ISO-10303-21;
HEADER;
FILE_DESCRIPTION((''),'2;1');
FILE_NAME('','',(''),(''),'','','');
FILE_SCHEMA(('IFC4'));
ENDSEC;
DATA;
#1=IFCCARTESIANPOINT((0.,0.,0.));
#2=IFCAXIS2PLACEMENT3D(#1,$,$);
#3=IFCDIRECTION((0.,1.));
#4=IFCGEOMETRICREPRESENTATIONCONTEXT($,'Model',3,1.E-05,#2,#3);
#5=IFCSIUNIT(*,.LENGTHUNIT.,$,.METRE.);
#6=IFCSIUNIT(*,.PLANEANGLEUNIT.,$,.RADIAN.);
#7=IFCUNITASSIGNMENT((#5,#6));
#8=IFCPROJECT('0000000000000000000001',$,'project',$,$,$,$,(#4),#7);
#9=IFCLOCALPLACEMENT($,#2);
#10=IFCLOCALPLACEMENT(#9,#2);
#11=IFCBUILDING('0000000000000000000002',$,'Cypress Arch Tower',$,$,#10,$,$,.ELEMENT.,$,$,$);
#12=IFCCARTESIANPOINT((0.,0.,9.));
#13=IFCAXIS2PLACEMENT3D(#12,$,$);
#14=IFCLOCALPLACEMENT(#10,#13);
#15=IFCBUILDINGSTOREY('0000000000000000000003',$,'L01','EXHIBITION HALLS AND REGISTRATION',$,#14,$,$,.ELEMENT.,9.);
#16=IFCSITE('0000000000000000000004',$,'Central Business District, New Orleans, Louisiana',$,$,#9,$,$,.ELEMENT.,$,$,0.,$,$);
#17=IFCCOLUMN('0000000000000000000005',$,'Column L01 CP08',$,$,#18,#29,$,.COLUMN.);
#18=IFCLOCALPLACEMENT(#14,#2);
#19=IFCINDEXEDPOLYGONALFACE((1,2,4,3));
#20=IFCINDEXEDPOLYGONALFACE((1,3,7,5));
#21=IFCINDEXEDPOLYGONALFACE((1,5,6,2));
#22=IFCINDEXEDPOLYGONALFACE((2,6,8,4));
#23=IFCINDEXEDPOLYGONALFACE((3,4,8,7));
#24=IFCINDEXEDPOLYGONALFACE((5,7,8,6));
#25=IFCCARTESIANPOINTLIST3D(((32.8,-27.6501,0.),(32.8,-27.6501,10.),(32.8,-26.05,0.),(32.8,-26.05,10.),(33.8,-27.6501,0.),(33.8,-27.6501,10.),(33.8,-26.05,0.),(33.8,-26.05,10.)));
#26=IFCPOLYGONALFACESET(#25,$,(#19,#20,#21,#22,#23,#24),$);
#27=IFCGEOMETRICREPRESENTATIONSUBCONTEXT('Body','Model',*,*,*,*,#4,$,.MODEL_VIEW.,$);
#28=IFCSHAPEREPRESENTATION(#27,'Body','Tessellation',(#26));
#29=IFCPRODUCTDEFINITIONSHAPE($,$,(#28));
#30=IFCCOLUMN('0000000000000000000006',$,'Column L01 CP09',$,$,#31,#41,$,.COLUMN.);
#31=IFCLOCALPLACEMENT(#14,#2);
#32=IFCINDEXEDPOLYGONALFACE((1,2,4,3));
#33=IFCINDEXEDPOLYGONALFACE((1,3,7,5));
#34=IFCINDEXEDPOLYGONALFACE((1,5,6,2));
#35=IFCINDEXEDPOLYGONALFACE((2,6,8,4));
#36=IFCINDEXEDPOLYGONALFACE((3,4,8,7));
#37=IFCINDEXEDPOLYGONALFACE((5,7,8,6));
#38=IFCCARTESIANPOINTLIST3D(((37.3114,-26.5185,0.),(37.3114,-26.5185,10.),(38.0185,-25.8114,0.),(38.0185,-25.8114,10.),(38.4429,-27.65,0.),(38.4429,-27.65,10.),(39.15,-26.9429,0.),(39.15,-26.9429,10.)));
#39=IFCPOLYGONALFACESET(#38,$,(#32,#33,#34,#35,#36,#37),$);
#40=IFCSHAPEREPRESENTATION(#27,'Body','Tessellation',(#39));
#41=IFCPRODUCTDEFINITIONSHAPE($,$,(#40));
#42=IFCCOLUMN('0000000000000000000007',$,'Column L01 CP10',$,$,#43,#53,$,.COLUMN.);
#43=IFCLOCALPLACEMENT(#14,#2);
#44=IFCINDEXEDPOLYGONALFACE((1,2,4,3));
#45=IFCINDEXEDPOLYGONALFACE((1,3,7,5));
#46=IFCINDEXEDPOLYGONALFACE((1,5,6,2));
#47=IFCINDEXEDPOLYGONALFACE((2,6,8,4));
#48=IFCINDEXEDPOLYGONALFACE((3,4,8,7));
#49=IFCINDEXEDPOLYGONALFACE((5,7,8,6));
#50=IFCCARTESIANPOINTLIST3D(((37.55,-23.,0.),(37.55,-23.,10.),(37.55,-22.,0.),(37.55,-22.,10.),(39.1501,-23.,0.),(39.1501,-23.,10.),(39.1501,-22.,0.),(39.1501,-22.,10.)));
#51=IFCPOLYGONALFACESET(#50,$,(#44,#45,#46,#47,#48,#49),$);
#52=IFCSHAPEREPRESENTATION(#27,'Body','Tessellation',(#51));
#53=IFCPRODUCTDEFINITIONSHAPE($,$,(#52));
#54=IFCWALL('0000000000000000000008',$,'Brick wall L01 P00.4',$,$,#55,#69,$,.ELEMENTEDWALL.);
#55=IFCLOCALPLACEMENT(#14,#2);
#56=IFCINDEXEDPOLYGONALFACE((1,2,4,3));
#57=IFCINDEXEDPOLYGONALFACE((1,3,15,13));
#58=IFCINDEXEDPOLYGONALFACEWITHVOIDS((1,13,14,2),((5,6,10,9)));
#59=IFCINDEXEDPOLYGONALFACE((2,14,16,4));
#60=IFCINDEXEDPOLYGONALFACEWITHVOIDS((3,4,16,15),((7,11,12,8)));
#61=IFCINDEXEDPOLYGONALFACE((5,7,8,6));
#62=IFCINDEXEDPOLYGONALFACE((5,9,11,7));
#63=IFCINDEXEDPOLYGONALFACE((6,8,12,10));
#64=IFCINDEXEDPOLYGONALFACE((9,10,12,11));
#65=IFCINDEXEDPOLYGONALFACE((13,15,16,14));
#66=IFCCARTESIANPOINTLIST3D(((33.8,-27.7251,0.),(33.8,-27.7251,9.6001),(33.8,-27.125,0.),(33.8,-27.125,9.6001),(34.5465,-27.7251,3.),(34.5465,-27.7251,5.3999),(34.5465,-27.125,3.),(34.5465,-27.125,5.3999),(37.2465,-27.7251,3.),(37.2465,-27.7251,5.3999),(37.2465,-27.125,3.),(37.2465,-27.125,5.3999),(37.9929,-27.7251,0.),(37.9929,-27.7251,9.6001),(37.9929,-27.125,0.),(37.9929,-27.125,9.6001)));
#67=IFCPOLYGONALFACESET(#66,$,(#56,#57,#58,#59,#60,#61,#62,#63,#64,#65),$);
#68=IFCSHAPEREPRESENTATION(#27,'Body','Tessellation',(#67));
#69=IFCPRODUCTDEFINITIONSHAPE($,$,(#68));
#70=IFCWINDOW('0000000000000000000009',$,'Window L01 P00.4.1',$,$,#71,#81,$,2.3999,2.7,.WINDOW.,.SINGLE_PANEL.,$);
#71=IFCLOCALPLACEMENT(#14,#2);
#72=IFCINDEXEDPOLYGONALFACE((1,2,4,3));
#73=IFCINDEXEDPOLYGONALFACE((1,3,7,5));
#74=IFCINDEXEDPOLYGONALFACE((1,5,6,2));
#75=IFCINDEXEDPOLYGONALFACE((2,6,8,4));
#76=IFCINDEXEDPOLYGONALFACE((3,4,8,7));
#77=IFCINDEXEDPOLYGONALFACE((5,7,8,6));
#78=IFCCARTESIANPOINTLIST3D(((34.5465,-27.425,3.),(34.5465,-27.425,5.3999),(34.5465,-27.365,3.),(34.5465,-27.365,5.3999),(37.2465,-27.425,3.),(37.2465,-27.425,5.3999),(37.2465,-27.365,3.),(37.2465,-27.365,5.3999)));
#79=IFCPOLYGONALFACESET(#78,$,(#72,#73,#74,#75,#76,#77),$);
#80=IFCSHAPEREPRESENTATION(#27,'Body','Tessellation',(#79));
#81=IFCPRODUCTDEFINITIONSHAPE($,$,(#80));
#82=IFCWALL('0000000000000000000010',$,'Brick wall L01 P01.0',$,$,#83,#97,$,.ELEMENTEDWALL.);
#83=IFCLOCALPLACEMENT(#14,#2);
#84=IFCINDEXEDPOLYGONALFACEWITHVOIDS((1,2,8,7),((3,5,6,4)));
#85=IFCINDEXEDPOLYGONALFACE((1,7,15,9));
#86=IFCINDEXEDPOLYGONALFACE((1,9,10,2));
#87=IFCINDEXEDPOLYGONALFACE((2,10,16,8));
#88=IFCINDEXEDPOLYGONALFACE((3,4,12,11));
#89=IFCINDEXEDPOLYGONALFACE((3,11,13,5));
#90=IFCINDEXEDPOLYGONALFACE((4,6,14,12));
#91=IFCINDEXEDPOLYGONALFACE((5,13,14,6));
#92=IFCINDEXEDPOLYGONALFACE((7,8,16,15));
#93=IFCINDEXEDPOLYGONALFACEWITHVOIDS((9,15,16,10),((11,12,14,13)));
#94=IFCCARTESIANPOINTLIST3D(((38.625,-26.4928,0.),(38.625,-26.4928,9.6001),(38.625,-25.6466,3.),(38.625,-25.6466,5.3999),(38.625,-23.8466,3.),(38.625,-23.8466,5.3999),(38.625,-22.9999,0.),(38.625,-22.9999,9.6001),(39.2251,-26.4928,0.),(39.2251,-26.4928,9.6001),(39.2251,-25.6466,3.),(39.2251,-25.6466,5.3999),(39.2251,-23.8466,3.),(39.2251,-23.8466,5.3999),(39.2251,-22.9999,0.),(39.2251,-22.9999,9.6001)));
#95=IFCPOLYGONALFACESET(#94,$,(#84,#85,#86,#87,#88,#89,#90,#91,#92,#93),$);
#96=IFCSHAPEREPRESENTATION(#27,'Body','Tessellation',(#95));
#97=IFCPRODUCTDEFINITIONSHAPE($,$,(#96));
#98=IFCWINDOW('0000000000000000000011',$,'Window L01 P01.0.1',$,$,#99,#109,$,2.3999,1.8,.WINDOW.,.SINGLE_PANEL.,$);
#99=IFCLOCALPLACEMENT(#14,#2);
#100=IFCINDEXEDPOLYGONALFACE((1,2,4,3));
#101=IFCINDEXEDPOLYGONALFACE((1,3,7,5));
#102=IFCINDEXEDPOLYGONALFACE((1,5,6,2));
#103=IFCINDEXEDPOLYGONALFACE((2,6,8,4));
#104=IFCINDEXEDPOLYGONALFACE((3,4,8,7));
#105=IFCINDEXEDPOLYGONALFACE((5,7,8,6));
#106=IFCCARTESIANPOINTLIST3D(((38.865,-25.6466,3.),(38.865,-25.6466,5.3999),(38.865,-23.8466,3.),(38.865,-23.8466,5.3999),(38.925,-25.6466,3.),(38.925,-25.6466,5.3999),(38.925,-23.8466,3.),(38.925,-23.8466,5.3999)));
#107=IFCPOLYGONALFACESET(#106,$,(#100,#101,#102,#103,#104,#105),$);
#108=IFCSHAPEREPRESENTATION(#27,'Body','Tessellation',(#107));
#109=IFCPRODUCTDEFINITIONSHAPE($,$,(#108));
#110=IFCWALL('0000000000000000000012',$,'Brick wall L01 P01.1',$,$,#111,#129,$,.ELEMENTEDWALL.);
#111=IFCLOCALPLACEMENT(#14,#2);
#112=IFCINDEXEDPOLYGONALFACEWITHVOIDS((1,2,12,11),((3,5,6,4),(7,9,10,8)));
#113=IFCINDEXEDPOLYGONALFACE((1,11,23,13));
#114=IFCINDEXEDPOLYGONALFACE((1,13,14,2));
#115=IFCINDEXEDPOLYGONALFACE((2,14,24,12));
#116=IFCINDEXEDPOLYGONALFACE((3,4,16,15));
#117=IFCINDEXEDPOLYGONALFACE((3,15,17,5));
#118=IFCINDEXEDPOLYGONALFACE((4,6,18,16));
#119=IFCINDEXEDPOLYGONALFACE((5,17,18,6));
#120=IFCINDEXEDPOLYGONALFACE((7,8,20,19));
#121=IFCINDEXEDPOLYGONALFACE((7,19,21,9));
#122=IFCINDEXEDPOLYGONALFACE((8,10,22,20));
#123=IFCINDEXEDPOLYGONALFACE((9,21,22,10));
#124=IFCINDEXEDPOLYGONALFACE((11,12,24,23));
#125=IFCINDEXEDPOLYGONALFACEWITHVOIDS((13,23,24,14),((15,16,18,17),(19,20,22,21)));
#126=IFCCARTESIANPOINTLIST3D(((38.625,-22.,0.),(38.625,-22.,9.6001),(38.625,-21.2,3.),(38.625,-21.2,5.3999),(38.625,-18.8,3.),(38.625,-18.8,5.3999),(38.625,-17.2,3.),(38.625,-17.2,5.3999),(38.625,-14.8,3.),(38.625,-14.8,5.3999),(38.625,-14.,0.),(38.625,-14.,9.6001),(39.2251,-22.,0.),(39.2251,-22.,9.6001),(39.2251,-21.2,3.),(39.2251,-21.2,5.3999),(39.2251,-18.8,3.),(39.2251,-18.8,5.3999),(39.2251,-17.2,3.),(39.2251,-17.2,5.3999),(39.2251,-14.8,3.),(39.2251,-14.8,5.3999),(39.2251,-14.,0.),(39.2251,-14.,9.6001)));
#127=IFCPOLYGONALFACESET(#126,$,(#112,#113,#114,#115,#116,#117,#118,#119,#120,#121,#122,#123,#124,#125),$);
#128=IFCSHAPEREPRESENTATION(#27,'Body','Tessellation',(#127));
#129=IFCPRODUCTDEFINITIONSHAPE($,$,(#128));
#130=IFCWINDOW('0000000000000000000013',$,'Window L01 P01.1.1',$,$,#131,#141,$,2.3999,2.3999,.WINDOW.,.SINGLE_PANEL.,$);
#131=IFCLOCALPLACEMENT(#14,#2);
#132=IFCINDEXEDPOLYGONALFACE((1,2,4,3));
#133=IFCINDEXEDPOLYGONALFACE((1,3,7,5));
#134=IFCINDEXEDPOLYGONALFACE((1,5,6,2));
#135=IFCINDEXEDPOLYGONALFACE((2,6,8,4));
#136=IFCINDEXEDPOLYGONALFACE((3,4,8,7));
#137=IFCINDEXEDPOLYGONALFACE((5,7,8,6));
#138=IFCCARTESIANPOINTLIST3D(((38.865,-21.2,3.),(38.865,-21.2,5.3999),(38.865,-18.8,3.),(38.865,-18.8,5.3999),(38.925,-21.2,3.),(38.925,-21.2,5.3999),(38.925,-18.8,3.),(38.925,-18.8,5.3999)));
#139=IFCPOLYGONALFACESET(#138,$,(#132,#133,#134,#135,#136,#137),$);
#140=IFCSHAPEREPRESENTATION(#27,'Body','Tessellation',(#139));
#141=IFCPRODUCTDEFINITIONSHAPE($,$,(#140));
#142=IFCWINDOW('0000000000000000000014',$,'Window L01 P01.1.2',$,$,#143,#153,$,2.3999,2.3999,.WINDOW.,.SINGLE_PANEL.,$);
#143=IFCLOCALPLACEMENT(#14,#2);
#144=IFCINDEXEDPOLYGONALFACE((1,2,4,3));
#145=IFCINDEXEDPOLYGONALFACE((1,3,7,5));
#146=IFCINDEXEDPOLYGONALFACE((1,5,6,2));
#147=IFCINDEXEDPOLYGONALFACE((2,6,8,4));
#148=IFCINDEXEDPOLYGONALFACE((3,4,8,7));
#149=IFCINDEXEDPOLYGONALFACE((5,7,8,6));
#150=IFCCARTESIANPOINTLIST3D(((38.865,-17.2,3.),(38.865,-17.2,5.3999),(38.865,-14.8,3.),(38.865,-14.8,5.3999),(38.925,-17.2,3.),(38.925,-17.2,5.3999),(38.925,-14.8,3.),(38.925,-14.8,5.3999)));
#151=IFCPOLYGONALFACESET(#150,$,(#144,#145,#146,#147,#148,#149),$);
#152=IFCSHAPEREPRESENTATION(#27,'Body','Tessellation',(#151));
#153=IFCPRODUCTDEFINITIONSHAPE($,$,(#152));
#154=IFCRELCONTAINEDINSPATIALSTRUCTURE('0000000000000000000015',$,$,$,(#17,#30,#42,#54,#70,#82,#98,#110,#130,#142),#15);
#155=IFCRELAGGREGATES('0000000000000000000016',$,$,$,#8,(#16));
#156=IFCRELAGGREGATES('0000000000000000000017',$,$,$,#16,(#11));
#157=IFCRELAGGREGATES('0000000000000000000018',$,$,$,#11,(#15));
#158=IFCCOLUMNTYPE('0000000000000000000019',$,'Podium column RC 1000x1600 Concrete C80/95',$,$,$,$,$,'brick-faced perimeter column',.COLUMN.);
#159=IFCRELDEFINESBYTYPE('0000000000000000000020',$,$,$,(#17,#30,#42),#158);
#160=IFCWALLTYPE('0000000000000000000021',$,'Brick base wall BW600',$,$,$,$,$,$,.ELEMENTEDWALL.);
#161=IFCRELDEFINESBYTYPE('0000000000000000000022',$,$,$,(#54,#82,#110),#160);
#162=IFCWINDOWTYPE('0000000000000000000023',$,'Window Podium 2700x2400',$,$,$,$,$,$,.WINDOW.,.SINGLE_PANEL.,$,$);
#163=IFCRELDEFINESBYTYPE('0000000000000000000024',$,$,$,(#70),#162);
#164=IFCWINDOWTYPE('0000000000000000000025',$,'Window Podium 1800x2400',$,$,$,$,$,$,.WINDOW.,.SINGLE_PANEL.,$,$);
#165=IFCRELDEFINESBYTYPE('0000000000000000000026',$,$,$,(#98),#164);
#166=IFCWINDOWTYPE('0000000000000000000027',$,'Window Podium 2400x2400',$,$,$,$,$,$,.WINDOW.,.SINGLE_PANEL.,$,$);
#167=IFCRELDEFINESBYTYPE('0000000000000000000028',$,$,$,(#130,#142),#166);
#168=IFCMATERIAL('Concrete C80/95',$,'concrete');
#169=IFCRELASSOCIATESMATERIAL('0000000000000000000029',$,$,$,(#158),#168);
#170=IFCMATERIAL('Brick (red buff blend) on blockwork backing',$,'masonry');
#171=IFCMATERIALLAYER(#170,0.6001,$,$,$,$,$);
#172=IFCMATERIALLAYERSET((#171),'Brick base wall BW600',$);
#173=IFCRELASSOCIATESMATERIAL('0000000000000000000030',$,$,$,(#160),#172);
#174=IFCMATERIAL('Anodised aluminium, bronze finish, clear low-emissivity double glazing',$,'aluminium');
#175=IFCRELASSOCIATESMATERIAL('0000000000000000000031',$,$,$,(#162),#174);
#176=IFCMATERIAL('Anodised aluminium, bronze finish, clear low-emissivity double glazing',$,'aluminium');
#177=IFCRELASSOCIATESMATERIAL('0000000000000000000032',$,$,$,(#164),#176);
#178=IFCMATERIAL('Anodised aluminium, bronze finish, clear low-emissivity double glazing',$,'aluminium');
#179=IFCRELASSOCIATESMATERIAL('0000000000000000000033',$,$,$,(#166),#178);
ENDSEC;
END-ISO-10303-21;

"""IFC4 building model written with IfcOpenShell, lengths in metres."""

from ifc_helpers import new_model, si_unit, direction, frame, frame_2d, origin, origin_2d, place, context, subcontext, project, spatial, rectangle, extrude, material, layer, layer_set, material_profile, profile_set, type_object, element, fill, save


model = new_model("IFC4")

# Units and contexts
model_context = context("Model", 3, precision=1e-05, world=origin(), true_north=direction((0.0, 1.0)))
body_context = subcontext(model_context, "Body", "Model", "MODEL_VIEW")
ifc_project = project(units=[si_unit("LENGTHUNIT", "METRE"), si_unit("PLANEANGLEUNIT", "RADIAN")], contexts=[model_context])

# Site, building, storey
site_placement = place(None, origin())
site = spatial("IfcSite", under=ifc_project, at=site_placement, Name="Central Business District, New Orleans, Louisiana", CompositionType="ELEMENT", RefElevation=0.0)
building_placement = place(site_placement, origin())
building = spatial("IfcBuilding", under=site, at=building_placement, Name="Cypress Arch Tower", CompositionType="ELEMENT")
storey_placement = place(building_placement, frame((0.0, 0.0, 9.0)))
storey = spatial("IfcBuildingStorey", under=building, at=storey_placement, Name="L01", Description="EXHIBITION HALLS AND REGISTRATION", CompositionType="ELEMENT", Elevation=9.0)

# Columns
ifc_material_1 = material(Name="Concrete C80/95", Category="concrete")
ifc_material_profile = material_profile(ifc_material_1, rectangle(XDim=1.0, YDim=1.6001, at=origin_2d()), Name="RC 1000x1600")
ifc_profile_set = profile_set([ifc_material_profile], Name="Concrete C80/95")
column_type = type_object("IfcColumnType", Name="Podium column RC 1000x1600 Concrete C80/95", ElementType="brick-faced perimeter column", PredefinedType="COLUMN", material=ifc_profile_set)
for number, where, z_axis, x_axis, name in (
    (1, (33.3, -26.8501, 0.0), (0.0, 0.0, 1.0), (1.0, 0.0, 0.0), "Column L01 CP08"),
    (2, (38.2307, -26.7307, 0.0), (0.0, 0.0, 1.0), (0.707107, 0.707107, 0.0), "Column L01 CP09"),
    (3, (38.3501, -22.5, 0.0), (0.0, 0.0, 1.0), (0.0, 1.0, 0.0), "Column L01 CP10"),
):
    element("IfcColumn", number, at=place(storey_placement, frame(where, z_axis=z_axis, x_axis=x_axis)), inside=storey, type_object=column_type, Name=name, PredefinedType="COLUMN", context=body_context, shape_type="SweptSolid", body=[
        extrude(rectangle(XDim=1.0, YDim=1.6001, at=origin_2d()), origin(), (0.0, 0.0, 1.0), 10.0),
    ])

# Walls, openings, windows
ifc_material_2 = material(Name="Brick (red buff blend) on blockwork backing", Category="masonry")
ifc_layer_1 = layer(ifc_material_2, 0.6001)
ifc_layer_set_1 = layer_set([ifc_layer_1], Name="Brick base wall BW600")
wall_type_1 = type_object("IfcWallType", Name="Brick base wall BW600", PredefinedType="ELEMENTEDWALL", material=ifc_layer_set_1)
wall_1_placement = place(storey_placement, frame((33.8, -27.425, 0.0), z_axis=(0.0, 0.0, 1.0), x_axis=(1.0, 0.0, 0.0)))
wall_1 = element("IfcWall", 4, at=wall_1_placement, inside=storey, type_object=wall_type_1, Name="Brick wall L01 P00.4", PredefinedType="ELEMENTEDWALL", context=body_context, shape_type="SweptSolid", body=[
    extrude(rectangle(XDim=4.1929, YDim=0.6001, at=frame_2d((2.0964, 0.0))), origin(), (0.0, 0.0, 1.0), 9.6001),
])
opening_1_placement = place(wall_1_placement, frame((0.7463, 0.0, 3.0)))
opening_1 = element("IfcOpeningElement", 5, at=opening_1_placement, cuts=wall_1, PredefinedType="OPENING", context=body_context, shape_type="SweptSolid", body=[
    extrude(rectangle(XDim=2.7, YDim=2.3999, at=frame_2d((1.3501, 1.2))), frame((0.0, 0.3101, 0.0), z_axis=(0.0, -1.0, 0.0), x_axis=(1.0, 0.0, 0.0)), (0.0, 0.0, 1.0), 0.6201),
])
ifc_material_3 = material(Name="Anodised aluminium, bronze finish, clear low-emissivity double glazing", Category="aluminium")
window_type_1 = type_object("IfcWindowType", Name="Window Podium 2700x2400", PartitioningType="SINGLE_PANEL", PredefinedType="WINDOW", material=ifc_material_3)
window_1_placement = place(opening_1_placement, origin())
window_1 = element("IfcWindow", 6, at=window_1_placement, inside=storey, type_object=window_type_1, Name="Window L01 P00.4.1", OverallHeight=2.3999, OverallWidth=2.7, PartitioningType="SINGLE_PANEL", PredefinedType="WINDOW", context=body_context, shape_type="SweptSolid", body=[
    extrude(rectangle(XDim=2.7, YDim=2.3999, at=frame_2d((1.3501, 1.2))), frame((0.0, 0.0601, 0.0), z_axis=(0.0, -1.0, 0.0), x_axis=(1.0, 0.0, 0.0)), (0.0, 0.0, 1.0), 0.0601),
])
fill(opening_1, window_1)
wall_2_placement = place(storey_placement, frame((38.925, -26.4929, 0.0), z_axis=(0.0, 0.0, 1.0), x_axis=(0.0, 1.0, 0.0)))
wall_2 = element("IfcWall", 7, at=wall_2_placement, inside=storey, type_object=wall_type_1, Name="Brick wall L01 P01.0", PredefinedType="ELEMENTEDWALL", context=body_context, shape_type="SweptSolid", body=[
    extrude(rectangle(XDim=3.4929, YDim=0.6001, at=frame_2d((1.7466, 0.0))), origin(), (0.0, 0.0, 1.0), 9.6001),
])
opening_2_placement = place(wall_2_placement, frame((0.8464, 0.0, 3.0)))
opening_2 = element("IfcOpeningElement", 8, at=opening_2_placement, cuts=wall_2, PredefinedType="OPENING", context=body_context, shape_type="SweptSolid", body=[
    extrude(rectangle(XDim=1.8, YDim=2.3999, at=frame_2d((0.8999, 1.2))), frame((0.0, 0.3101, 0.0), z_axis=(0.0, -1.0, 0.0), x_axis=(1.0, 0.0, 0.0)), (0.0, 0.0, 1.0), 0.6201),
])
ifc_material_4 = material(Name="Anodised aluminium, bronze finish, clear low-emissivity double glazing", Category="aluminium")
window_type_2 = type_object("IfcWindowType", Name="Window Podium 1800x2400", PartitioningType="SINGLE_PANEL", PredefinedType="WINDOW", material=ifc_material_4)
window_2_placement = place(opening_2_placement, origin())
window_2 = element("IfcWindow", 9, at=window_2_placement, inside=storey, type_object=window_type_2, Name="Window L01 P01.0.1", OverallHeight=2.3999, OverallWidth=1.8, PartitioningType="SINGLE_PANEL", PredefinedType="WINDOW", context=body_context, shape_type="SweptSolid", body=[
    extrude(rectangle(XDim=1.8, YDim=2.3999, at=frame_2d((0.8999, 1.2))), frame((0.0, 0.0601, 0.0), z_axis=(0.0, -1.0, 0.0), x_axis=(1.0, 0.0, 0.0)), (0.0, 0.0, 1.0), 0.0601),
])
fill(opening_2, window_2)

# Wall, openings, windows
wall_3_placement = place(storey_placement, frame((38.925, -22.0, 0.0), z_axis=(0.0, 0.0, 1.0), x_axis=(0.0, 1.0, 0.0)))
wall_3 = element("IfcWall", 10, at=wall_3_placement, inside=storey, type_object=wall_type_1, Name="Brick wall L01 P01.1", PredefinedType="ELEMENTEDWALL", context=body_context, shape_type="SweptSolid", body=[
    extrude(rectangle(XDim=8.0, YDim=0.6001, at=frame_2d((4.0, 0.0))), origin(), (0.0, 0.0, 1.0), 9.6001),
])
opening_3_placement = place(wall_3_placement, frame((0.8, 0.0, 3.0)))
opening_3 = element("IfcOpeningElement", 11, at=opening_3_placement, cuts=wall_3, PredefinedType="OPENING", context=body_context, shape_type="SweptSolid", body=[
    extrude(rectangle(XDim=2.3999, YDim=2.3999, at=frame_2d((1.2, 1.2))), frame((0.0, 0.3101, 0.0), z_axis=(0.0, -1.0, 0.0), x_axis=(1.0, 0.0, 0.0)), (0.0, 0.0, 1.0), 0.6201),
])
opening_4_placement = place(wall_3_placement, frame((4.8, 0.0, 3.0)))
opening_4 = element("IfcOpeningElement", 12, at=opening_4_placement, cuts=wall_3, PredefinedType="OPENING", context=body_context, shape_type="SweptSolid", body=[
    extrude(rectangle(XDim=2.3999, YDim=2.3999, at=frame_2d((1.2, 1.2))), frame((0.0, 0.3101, 0.0), z_axis=(0.0, -1.0, 0.0), x_axis=(1.0, 0.0, 0.0)), (0.0, 0.0, 1.0), 0.6201),
])
ifc_material_5 = material(Name="Anodised aluminium, bronze finish, clear low-emissivity double glazing", Category="aluminium")
window_type_3 = type_object("IfcWindowType", Name="Window Podium 2400x2400", PartitioningType="SINGLE_PANEL", PredefinedType="WINDOW", material=ifc_material_5)
window_3_placement = place(opening_3_placement, origin())
window_3 = element("IfcWindow", 13, at=window_3_placement, inside=storey, type_object=window_type_3, Name="Window L01 P01.1.1", OverallHeight=2.3999, OverallWidth=2.3999, PartitioningType="SINGLE_PANEL", PredefinedType="WINDOW", context=body_context, shape_type="SweptSolid", body=[
    extrude(rectangle(XDim=2.3999, YDim=2.3999, at=frame_2d((1.2, 1.2))), frame((0.0, 0.0601, 0.0), z_axis=(0.0, -1.0, 0.0), x_axis=(1.0, 0.0, 0.0)), (0.0, 0.0, 1.0), 0.0601),
])
fill(opening_3, window_3)
window_4_placement = place(opening_4_placement, origin())
window_4 = element("IfcWindow", 14, at=window_4_placement, inside=storey, type_object=window_type_3, Name="Window L01 P01.1.2", OverallHeight=2.3999, OverallWidth=2.3999, PartitioningType="SINGLE_PANEL", PredefinedType="WINDOW", context=body_context, shape_type="SweptSolid", body=[
    extrude(rectangle(XDim=2.3999, YDim=2.3999, at=frame_2d((1.2, 1.2))), frame((0.0, 0.0601, 0.0), z_axis=(0.0, -1.0, 0.0), x_axis=(1.0, 0.0, 0.0)), (0.0, 0.0, 1.0), 0.0601),
])
fill(opening_4, window_4)

save(model, "model.ifc")
